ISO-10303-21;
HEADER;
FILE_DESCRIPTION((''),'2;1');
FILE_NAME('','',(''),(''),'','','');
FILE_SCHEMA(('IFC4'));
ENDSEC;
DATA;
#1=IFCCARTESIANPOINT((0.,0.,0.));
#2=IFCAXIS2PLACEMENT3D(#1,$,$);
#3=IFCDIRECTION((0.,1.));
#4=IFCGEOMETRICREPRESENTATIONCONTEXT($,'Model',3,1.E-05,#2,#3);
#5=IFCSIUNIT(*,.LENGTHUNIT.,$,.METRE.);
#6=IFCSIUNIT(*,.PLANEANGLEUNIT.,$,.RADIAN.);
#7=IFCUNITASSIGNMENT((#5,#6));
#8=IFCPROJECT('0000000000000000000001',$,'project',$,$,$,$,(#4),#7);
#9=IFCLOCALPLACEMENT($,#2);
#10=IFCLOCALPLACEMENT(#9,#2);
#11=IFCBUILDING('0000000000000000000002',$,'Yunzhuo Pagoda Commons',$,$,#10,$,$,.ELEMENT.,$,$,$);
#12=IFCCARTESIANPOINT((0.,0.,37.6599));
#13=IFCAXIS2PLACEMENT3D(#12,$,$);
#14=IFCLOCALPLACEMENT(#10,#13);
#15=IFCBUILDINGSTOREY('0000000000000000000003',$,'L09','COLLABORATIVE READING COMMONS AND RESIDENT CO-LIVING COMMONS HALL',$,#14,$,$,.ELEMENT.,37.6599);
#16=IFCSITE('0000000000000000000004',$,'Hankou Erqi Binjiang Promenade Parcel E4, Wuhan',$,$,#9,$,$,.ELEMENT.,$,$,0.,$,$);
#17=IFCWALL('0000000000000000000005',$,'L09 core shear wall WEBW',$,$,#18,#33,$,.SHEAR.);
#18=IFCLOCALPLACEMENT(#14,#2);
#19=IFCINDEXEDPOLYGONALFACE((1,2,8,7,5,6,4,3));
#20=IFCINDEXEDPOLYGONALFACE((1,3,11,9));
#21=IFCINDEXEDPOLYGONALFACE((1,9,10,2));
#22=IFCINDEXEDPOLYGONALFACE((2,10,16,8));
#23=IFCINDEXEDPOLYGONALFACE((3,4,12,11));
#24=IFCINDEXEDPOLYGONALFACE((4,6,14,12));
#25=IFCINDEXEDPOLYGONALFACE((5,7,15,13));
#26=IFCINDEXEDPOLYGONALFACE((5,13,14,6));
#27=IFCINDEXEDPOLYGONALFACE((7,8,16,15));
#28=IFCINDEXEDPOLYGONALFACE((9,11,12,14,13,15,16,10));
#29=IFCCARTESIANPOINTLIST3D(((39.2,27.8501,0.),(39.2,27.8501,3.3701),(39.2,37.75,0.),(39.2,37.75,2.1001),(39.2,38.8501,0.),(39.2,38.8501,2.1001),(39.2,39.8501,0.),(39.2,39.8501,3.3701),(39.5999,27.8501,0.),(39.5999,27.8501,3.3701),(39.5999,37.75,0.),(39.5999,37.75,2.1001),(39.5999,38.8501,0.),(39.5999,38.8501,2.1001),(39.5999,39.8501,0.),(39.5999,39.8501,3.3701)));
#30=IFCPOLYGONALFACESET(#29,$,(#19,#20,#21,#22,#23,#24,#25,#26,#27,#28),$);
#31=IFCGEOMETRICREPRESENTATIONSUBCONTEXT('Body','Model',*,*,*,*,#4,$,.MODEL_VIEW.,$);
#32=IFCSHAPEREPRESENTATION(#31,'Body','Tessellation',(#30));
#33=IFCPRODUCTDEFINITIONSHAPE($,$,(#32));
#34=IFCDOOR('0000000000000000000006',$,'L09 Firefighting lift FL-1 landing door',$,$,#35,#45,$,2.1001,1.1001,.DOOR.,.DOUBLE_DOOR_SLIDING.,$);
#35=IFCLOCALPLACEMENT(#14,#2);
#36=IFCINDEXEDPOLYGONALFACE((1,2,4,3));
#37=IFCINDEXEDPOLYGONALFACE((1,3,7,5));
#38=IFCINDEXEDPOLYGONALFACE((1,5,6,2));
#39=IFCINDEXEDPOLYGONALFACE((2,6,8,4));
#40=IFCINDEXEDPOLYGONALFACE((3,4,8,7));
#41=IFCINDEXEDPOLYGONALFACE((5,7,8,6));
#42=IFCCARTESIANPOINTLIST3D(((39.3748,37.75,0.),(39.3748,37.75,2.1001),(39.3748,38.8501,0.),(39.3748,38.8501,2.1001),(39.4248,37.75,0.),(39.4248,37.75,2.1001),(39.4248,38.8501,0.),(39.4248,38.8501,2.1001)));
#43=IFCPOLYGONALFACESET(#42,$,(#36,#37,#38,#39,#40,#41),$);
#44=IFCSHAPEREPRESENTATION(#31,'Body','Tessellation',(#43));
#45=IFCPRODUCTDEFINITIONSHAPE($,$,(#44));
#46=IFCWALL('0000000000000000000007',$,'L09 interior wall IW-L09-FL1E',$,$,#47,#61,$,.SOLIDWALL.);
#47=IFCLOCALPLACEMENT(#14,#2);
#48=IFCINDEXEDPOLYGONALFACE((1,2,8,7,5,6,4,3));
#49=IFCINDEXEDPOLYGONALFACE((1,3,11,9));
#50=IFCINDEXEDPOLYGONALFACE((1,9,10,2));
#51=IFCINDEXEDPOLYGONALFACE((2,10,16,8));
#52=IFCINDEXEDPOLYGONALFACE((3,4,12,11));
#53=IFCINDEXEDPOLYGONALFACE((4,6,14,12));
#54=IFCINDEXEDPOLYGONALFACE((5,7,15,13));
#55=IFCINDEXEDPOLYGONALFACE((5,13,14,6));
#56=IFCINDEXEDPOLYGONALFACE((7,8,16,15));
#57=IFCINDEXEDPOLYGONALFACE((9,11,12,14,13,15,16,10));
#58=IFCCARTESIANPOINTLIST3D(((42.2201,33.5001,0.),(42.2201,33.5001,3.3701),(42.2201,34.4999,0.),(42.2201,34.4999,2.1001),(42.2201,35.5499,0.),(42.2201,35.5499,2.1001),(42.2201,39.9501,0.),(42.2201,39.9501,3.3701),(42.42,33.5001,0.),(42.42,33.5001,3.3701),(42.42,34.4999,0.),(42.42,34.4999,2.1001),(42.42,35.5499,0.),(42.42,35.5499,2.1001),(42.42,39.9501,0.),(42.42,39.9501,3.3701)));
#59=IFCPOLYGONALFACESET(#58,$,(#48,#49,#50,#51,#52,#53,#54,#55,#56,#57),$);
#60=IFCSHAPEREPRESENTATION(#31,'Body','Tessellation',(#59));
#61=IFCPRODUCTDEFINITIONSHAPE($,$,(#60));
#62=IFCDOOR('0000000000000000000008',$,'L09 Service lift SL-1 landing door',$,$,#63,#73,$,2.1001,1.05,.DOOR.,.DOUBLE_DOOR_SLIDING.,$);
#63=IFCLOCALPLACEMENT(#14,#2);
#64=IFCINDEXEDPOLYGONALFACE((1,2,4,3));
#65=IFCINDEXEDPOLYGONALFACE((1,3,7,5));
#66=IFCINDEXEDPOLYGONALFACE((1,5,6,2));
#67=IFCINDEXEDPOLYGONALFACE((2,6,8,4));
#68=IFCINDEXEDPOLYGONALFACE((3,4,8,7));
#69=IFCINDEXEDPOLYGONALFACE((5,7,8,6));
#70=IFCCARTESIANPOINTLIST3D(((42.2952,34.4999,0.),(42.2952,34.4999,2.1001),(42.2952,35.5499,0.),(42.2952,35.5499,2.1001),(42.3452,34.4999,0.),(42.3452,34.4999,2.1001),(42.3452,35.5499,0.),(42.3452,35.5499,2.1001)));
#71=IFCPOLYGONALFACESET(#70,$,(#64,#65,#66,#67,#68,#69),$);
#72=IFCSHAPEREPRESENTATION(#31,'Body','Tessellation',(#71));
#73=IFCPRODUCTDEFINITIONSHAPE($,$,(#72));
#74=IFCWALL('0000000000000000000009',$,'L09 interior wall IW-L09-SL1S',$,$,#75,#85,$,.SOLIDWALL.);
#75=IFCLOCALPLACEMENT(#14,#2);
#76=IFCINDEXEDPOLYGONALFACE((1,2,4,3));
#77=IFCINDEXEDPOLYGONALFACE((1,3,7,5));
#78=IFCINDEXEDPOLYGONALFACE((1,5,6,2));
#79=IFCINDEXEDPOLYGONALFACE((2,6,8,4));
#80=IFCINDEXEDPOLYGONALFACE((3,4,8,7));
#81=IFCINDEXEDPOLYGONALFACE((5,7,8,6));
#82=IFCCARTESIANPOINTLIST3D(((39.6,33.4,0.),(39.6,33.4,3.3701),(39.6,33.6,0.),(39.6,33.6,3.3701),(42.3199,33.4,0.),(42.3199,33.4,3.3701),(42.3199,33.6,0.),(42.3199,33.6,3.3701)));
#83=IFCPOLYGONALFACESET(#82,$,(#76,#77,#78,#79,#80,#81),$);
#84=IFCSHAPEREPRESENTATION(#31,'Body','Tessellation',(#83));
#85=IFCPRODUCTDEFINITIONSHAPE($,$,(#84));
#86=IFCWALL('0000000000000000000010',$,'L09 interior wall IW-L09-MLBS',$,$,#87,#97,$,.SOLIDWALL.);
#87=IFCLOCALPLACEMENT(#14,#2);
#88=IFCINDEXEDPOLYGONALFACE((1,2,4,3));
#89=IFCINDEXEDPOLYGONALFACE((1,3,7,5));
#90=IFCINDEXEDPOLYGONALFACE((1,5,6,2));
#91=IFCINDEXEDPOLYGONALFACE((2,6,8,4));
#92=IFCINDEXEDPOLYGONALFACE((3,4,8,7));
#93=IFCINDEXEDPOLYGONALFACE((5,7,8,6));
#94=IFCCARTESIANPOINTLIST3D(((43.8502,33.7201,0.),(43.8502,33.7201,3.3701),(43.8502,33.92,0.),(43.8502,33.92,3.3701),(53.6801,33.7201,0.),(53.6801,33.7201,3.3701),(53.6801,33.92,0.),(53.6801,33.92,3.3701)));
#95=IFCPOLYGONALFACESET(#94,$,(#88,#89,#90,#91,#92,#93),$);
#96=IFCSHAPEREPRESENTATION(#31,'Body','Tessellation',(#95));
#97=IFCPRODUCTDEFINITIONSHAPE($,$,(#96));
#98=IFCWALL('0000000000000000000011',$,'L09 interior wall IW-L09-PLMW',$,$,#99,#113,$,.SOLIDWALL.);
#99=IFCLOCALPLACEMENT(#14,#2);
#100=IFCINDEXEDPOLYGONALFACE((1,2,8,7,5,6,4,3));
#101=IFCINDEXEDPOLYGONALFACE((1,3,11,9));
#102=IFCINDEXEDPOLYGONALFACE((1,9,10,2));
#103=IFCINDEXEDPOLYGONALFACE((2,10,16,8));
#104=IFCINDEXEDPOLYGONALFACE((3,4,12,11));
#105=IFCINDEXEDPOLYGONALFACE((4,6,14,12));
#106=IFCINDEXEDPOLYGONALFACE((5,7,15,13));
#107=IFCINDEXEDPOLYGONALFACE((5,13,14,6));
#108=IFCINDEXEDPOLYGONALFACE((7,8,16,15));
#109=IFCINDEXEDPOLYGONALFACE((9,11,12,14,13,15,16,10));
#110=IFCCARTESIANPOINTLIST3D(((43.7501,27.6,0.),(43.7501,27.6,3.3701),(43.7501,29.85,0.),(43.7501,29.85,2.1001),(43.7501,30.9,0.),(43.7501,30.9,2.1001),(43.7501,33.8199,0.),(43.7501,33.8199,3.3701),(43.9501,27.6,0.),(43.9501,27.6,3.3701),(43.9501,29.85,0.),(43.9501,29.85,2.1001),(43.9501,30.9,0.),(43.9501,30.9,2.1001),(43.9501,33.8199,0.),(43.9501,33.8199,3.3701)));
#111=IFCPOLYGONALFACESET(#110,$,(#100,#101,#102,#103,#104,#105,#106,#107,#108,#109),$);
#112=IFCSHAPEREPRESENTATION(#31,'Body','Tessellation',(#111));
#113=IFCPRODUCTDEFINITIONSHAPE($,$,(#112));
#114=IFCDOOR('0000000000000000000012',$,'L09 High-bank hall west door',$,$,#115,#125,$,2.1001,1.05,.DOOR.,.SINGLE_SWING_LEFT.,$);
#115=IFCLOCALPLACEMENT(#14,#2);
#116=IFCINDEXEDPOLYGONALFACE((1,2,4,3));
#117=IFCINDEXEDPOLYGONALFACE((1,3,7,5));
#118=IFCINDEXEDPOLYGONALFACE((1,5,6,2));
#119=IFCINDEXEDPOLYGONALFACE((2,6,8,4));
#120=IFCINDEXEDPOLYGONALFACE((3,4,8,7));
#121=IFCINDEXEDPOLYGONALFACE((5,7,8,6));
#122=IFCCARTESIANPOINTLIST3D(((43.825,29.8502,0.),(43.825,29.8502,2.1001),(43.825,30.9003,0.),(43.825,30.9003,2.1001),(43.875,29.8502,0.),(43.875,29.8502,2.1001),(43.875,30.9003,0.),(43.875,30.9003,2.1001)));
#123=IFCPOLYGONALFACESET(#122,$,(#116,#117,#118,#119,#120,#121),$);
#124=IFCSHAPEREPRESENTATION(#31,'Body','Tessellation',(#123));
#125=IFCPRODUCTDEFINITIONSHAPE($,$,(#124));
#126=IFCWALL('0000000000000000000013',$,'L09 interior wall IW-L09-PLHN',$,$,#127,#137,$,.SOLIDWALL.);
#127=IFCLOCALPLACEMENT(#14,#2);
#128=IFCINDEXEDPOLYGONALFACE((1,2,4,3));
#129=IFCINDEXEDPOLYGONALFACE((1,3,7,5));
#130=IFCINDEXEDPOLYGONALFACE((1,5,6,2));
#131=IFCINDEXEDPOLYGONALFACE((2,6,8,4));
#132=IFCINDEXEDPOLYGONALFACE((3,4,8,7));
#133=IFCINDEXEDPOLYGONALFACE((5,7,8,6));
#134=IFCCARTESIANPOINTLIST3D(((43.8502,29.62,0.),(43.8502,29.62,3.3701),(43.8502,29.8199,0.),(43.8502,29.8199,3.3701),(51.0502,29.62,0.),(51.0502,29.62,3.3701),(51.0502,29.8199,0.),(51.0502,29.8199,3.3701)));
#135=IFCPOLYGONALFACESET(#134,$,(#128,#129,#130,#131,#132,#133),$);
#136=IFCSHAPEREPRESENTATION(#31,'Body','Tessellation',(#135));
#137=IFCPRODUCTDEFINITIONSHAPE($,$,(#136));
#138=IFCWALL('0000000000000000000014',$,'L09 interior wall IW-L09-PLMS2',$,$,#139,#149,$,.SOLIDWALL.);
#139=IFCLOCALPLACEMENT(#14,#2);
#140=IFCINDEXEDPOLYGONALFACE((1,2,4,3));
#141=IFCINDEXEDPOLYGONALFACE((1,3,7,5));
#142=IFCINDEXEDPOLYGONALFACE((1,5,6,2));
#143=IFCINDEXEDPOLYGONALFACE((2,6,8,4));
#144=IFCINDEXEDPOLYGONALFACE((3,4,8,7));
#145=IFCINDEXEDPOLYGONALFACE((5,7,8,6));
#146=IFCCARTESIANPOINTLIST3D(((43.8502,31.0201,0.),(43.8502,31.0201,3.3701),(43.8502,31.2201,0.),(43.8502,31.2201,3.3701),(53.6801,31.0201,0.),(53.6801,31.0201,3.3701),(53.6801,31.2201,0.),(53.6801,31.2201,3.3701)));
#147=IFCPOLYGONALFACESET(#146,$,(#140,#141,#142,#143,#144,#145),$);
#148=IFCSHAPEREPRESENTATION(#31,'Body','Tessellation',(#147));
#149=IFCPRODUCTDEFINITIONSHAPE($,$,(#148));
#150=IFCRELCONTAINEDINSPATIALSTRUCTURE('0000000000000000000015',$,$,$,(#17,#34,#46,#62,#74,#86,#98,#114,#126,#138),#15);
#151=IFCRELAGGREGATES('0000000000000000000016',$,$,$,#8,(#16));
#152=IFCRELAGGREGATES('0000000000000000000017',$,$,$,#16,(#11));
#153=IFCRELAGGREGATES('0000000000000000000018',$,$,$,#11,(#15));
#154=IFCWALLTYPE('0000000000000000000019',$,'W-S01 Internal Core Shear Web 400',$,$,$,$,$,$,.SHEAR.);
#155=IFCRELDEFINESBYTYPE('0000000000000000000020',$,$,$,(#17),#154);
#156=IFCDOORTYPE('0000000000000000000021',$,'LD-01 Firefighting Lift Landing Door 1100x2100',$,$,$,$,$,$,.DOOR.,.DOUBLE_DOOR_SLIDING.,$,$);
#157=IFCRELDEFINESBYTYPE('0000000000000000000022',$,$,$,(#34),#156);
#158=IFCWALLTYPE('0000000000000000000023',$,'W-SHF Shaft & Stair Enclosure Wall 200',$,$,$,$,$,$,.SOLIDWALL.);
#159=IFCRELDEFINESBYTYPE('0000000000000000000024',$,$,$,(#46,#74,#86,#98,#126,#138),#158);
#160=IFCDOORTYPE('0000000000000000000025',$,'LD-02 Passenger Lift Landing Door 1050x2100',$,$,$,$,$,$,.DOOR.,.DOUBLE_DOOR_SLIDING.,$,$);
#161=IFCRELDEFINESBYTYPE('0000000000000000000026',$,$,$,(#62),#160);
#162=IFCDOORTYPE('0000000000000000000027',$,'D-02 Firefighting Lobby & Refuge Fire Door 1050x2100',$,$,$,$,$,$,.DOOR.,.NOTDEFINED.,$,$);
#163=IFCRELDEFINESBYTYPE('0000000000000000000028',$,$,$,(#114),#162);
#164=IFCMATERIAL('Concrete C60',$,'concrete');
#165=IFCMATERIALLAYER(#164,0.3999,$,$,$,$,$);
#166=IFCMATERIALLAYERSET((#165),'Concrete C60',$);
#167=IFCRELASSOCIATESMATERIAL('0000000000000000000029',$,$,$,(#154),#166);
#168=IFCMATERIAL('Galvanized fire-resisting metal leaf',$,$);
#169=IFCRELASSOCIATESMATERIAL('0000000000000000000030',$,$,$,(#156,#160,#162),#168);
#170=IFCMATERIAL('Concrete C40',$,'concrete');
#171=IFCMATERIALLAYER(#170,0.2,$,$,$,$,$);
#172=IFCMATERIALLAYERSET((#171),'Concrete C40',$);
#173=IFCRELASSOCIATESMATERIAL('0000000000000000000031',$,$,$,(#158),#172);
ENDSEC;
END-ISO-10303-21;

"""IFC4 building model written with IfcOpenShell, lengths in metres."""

from ifc_helpers import new_model, si_unit, direction, frame, frame_2d, origin, origin_with_axes, place, context, subcontext, project, spatial, rectangle, extrude, source, transform, mapped, material, layer, layer_set, type_object, element, fill, save


model = new_model("IFC4")

# Units and contexts
model_context = context("Model", 3, precision=1e-05, world=origin(), true_north=direction((0.0, 1.0)))
body_context = subcontext(model_context, "Body", "Model", "MODEL_VIEW")
ifc_project = project(units=[si_unit("LENGTHUNIT", "METRE"), si_unit("PLANEANGLEUNIT", "RADIAN")], contexts=[model_context])

# Site, building, storey
site_placement = place(None, origin())
site = spatial("IfcSite", under=ifc_project, at=site_placement, Name="Hankou Erqi Binjiang Promenade Parcel E4, Wuhan", CompositionType="ELEMENT", RefElevation=0.0)
building_placement = place(site_placement, origin())
building = spatial("IfcBuilding", under=site, at=building_placement, Name="Yunzhuo Pagoda Commons", CompositionType="ELEMENT")
storey_placement = place(building_placement, frame((0.0, 0.0, 37.6599)))
storey = spatial("IfcBuildingStorey", under=building, at=storey_placement, Name="L09", Description="COLLABORATIVE READING COMMONS AND RESIDENT CO-LIVING COMMONS HALL", CompositionType="ELEMENT", Elevation=37.6599)

# Shared definitions
ifc_material_1 = material(Name="Concrete C60", Category="concrete")

# Shared definitions
ifc_material_2 = material(Name="Galvanized fire-resisting metal leaf")

# Walls, openings, doors
ifc_layer_1 = layer(ifc_material_1, 0.3999)
ifc_layer_set_1 = layer_set([ifc_layer_1], Name="Concrete C60")
wall_type_1 = type_object("IfcWallType", Name="W-S01 Internal Core Shear Web 400", PredefinedType="SHEAR", material=ifc_layer_set_1)
wall_1_placement = place(storey_placement, frame((39.3999, 27.8501, 0.0), z_axis=(0.0, 0.0, 1.0), x_axis=(0.0, 1.0, 0.0)))
wall_1 = element("IfcWall", 1, at=wall_1_placement, inside=storey, type_object=wall_type_1, Name="L09 core shear wall WEBW", PredefinedType="SHEAR", context=body_context, shape_type="SweptSolid", body=[
    extrude(rectangle(XDim=12.0, YDim=0.3999, at=frame_2d((6.0, 0.0))), origin(), (0.0, 0.0, 1.0), 3.3701),
])
opening_1_placement = place(wall_1_placement, frame((9.8999, 0.0, 0.0)))
opening_1 = element("IfcOpeningElement", 2, at=opening_1_placement, cuts=wall_1, PredefinedType="OPENING", context=body_context, shape_type="SweptSolid", body=[
    extrude(rectangle(XDim=1.1001, YDim=2.1001, at=frame_2d((0.55, 1.05))), frame((0.0, 0.21, 0.0), z_axis=(0.0, -1.0, 0.0), x_axis=(1.0, 0.0, 0.0)), (0.0, 0.0, 1.0), 0.4199),
])
door_type_1 = type_object("IfcDoorType", Name="LD-01 Firefighting Lift Landing Door 1100x2100", OperationType="DOUBLE_DOOR_SLIDING", PredefinedType="DOOR", material=ifc_material_2)
shared_shape_1 = source(origin(), body_context, "Body", "SweptSolid", [
    extrude(rectangle(XDim=1.1001, YDim=2.1001, at=frame_2d((0.55, 1.05))), frame((0.0, 0.0249, 0.0), z_axis=(0.0, -1.0, 0.0), x_axis=(1.0, 0.0, 0.0)), (0.0, 0.0, 1.0), 0.05),
])
door_1_placement = place(opening_1_placement, frame((1.1001, 0.0, 0.0), z_axis=(0.0, 0.0, 1.0), x_axis=(-1.0, 0.0, 0.0)))
door_1 = element("IfcDoor", 3, at=door_1_placement, inside=storey, type_object=door_type_1, Name="L09 Firefighting lift FL-1 landing door", OperationType="DOUBLE_DOOR_SLIDING", OverallHeight=2.1001, OverallWidth=1.1001, PredefinedType="DOOR", context=body_context, shape_type="MappedRepresentation", body=[
    mapped(shared_shape_1, transform((0.0, 0.0, 0.0), scale=1.0)),
])
fill(opening_1, door_1)
ifc_material_3 = material(Name="Concrete C40", Category="concrete")
ifc_layer_2 = layer(ifc_material_3, 0.2)
ifc_layer_set_2 = layer_set([ifc_layer_2], Name="Concrete C40")
wall_type_2 = type_object("IfcWallType", Name="W-SHF Shaft & Stair Enclosure Wall 200", PredefinedType="SOLIDWALL", material=ifc_layer_set_2)
wall_2_placement = place(storey_placement, frame((42.3201, 33.5, 0.0), z_axis=(0.0, 0.0, 1.0), x_axis=(0.0, 1.0, 0.0)))
wall_2 = element("IfcWall", 4, at=wall_2_placement, inside=storey, type_object=wall_type_2, Name="L09 interior wall IW-L09-FL1E", PredefinedType="SOLIDWALL", context=body_context, shape_type="SweptSolid", body=[
    extrude(rectangle(XDim=6.45, YDim=0.2, at=frame_2d((3.2251, 0.0))), origin(), (0.0, 0.0, 1.0), 3.3701),
])
opening_2_placement = place(wall_2_placement, frame((1.0, 0.0, 0.0)))
opening_2 = element("IfcOpeningElement", 5, at=opening_2_placement, cuts=wall_2, PredefinedType="OPENING", context=body_context, shape_type="SweptSolid", body=[
    extrude(rectangle(XDim=1.05, YDim=2.1001, at=frame_2d((0.5249, 1.05))), frame((0.0, 0.1099, 0.0), z_axis=(0.0, -1.0, 0.0), x_axis=(1.0, 0.0, 0.0)), (0.0, 0.0, 1.0), 0.22),
])
door_type_2 = type_object("IfcDoorType", Name="LD-02 Passenger Lift Landing Door 1050x2100", OperationType="DOUBLE_DOOR_SLIDING", PredefinedType="DOOR", material=ifc_material_2)
shared_shape_2 = source(origin(), body_context, "Body", "SweptSolid", [
    extrude(rectangle(XDim=1.05, YDim=2.1001, at=frame_2d((0.5249, 1.05))), frame((0.0, 0.0249, 0.0), z_axis=(0.0, -1.0, 0.0), x_axis=(1.0, 0.0, 0.0)), (0.0, 0.0, 1.0), 0.05),
])
door_2_placement = place(opening_2_placement, origin_with_axes())
door_2 = element("IfcDoor", 6, at=door_2_placement, inside=storey, type_object=door_type_2, Name="L09 Service lift SL-1 landing door", OperationType="DOUBLE_DOOR_SLIDING", OverallHeight=2.1001, OverallWidth=1.05, PredefinedType="DOOR", context=body_context, shape_type="MappedRepresentation", body=[
    mapped(shared_shape_2, transform((0.0, 0.0, 0.0), scale=1.0)),
])
fill(opening_2, door_2)

# Walls
wall_3_placement = place(storey_placement, frame((39.6001, 33.5, 0.0), z_axis=(0.0, 0.0, 1.0), x_axis=(1.0, 0.0, 0.0)))
element("IfcWall", 7, at=wall_3_placement, inside=storey, type_object=wall_type_2, Name="L09 interior wall IW-L09-SL1S", PredefinedType="SOLIDWALL", context=body_context, shape_type="SweptSolid", body=[
    extrude(rectangle(XDim=2.72, YDim=0.2, at=frame_2d((1.3599, 0.0))), origin(), (0.0, 0.0, 1.0), 3.3701),
])
wall_4_placement = place(storey_placement, frame((43.8501, 33.8201, 0.0), z_axis=(0.0, 0.0, 1.0), x_axis=(1.0, 0.0, 0.0)))
element("IfcWall", 8, at=wall_4_placement, inside=storey, type_object=wall_type_2, Name="L09 interior wall IW-L09-MLBS", PredefinedType="SOLIDWALL", context=body_context, shape_type="SweptSolid", body=[
    extrude(rectangle(XDim=9.8298, YDim=0.2, at=frame_2d((4.915, 0.0))), origin(), (0.0, 0.0, 1.0), 3.3701),
])

# Wall, opening, door
wall_5_placement = place(storey_placement, frame((43.8501, 27.6001, 0.0), z_axis=(0.0, 0.0, 1.0), x_axis=(0.0, 1.0, 0.0)))
wall_5 = element("IfcWall", 9, at=wall_5_placement, inside=storey, type_object=wall_type_2, Name="L09 interior wall IW-L09-PLMW", PredefinedType="SOLIDWALL", context=body_context, shape_type="SweptSolid", body=[
    extrude(rectangle(XDim=6.22, YDim=0.2, at=frame_2d((3.1099, 0.0))), origin(), (0.0, 0.0, 1.0), 3.3701),
])
opening_3_placement = place(wall_5_placement, frame((2.25, 0.0, 0.0)))
opening_3 = element("IfcOpeningElement", 10, at=opening_3_placement, cuts=wall_5, PredefinedType="OPENING", context=body_context, shape_type="SweptSolid", body=[
    extrude(rectangle(XDim=1.05, YDim=2.1001, at=frame_2d((0.5249, 1.05))), frame((0.0, 0.1099, 0.0), z_axis=(0.0, -1.0, 0.0), x_axis=(1.0, 0.0, 0.0)), (0.0, 0.0, 1.0), 0.22),
])
door_type_3 = type_object("IfcDoorType", Name="D-02 Firefighting Lobby & Refuge Fire Door 1050x2100", OperationType="NOTDEFINED", PredefinedType="DOOR", material=ifc_material_2)
door_3_placement = place(opening_3_placement, frame((1.05, 0.0, 0.0), z_axis=(0.0, 0.0, 1.0), x_axis=(-1.0, 0.0, 0.0)))
door_3 = element("IfcDoor", 11, at=door_3_placement, inside=storey, type_object=door_type_3, Name="L09 High-bank hall west door", OperationType="SINGLE_SWING_LEFT", OverallHeight=2.1001, OverallWidth=1.05, PredefinedType="DOOR", context=body_context, shape_type="MappedRepresentation", body=[
    mapped(shared_shape_2, transform((0.0, 0.0, 0.0), scale=1.0)),
])
fill(opening_3, door_3)

# Walls
wall_6_placement = place(storey_placement, frame((43.8501, 29.72, 0.0), z_axis=(0.0, 0.0, 1.0), x_axis=(1.0, 0.0, 0.0)))
element("IfcWall", 12, at=wall_6_placement, inside=storey, type_object=wall_type_2, Name="L09 interior wall IW-L09-PLHN", PredefinedType="SOLIDWALL", context=body_context, shape_type="SweptSolid", body=[
    extrude(rectangle(XDim=7.2, YDim=0.2, at=frame_2d((3.6001, 0.0))), origin(), (0.0, 0.0, 1.0), 3.3701),
])
wall_7_placement = place(storey_placement, frame((43.8501, 31.1201, 0.0), z_axis=(0.0, 0.0, 1.0), x_axis=(1.0, 0.0, 0.0)))
element("IfcWall", 13, at=wall_7_placement, inside=storey, type_object=wall_type_2, Name="L09 interior wall IW-L09-PLMS2", PredefinedType="SOLIDWALL", context=body_context, shape_type="SweptSolid", body=[
    extrude(rectangle(XDim=9.8298, YDim=0.2, at=frame_2d((4.915, 0.0))), origin(), (0.0, 0.0, 1.0), 3.3701),
])

save(model, "model.ifc")
